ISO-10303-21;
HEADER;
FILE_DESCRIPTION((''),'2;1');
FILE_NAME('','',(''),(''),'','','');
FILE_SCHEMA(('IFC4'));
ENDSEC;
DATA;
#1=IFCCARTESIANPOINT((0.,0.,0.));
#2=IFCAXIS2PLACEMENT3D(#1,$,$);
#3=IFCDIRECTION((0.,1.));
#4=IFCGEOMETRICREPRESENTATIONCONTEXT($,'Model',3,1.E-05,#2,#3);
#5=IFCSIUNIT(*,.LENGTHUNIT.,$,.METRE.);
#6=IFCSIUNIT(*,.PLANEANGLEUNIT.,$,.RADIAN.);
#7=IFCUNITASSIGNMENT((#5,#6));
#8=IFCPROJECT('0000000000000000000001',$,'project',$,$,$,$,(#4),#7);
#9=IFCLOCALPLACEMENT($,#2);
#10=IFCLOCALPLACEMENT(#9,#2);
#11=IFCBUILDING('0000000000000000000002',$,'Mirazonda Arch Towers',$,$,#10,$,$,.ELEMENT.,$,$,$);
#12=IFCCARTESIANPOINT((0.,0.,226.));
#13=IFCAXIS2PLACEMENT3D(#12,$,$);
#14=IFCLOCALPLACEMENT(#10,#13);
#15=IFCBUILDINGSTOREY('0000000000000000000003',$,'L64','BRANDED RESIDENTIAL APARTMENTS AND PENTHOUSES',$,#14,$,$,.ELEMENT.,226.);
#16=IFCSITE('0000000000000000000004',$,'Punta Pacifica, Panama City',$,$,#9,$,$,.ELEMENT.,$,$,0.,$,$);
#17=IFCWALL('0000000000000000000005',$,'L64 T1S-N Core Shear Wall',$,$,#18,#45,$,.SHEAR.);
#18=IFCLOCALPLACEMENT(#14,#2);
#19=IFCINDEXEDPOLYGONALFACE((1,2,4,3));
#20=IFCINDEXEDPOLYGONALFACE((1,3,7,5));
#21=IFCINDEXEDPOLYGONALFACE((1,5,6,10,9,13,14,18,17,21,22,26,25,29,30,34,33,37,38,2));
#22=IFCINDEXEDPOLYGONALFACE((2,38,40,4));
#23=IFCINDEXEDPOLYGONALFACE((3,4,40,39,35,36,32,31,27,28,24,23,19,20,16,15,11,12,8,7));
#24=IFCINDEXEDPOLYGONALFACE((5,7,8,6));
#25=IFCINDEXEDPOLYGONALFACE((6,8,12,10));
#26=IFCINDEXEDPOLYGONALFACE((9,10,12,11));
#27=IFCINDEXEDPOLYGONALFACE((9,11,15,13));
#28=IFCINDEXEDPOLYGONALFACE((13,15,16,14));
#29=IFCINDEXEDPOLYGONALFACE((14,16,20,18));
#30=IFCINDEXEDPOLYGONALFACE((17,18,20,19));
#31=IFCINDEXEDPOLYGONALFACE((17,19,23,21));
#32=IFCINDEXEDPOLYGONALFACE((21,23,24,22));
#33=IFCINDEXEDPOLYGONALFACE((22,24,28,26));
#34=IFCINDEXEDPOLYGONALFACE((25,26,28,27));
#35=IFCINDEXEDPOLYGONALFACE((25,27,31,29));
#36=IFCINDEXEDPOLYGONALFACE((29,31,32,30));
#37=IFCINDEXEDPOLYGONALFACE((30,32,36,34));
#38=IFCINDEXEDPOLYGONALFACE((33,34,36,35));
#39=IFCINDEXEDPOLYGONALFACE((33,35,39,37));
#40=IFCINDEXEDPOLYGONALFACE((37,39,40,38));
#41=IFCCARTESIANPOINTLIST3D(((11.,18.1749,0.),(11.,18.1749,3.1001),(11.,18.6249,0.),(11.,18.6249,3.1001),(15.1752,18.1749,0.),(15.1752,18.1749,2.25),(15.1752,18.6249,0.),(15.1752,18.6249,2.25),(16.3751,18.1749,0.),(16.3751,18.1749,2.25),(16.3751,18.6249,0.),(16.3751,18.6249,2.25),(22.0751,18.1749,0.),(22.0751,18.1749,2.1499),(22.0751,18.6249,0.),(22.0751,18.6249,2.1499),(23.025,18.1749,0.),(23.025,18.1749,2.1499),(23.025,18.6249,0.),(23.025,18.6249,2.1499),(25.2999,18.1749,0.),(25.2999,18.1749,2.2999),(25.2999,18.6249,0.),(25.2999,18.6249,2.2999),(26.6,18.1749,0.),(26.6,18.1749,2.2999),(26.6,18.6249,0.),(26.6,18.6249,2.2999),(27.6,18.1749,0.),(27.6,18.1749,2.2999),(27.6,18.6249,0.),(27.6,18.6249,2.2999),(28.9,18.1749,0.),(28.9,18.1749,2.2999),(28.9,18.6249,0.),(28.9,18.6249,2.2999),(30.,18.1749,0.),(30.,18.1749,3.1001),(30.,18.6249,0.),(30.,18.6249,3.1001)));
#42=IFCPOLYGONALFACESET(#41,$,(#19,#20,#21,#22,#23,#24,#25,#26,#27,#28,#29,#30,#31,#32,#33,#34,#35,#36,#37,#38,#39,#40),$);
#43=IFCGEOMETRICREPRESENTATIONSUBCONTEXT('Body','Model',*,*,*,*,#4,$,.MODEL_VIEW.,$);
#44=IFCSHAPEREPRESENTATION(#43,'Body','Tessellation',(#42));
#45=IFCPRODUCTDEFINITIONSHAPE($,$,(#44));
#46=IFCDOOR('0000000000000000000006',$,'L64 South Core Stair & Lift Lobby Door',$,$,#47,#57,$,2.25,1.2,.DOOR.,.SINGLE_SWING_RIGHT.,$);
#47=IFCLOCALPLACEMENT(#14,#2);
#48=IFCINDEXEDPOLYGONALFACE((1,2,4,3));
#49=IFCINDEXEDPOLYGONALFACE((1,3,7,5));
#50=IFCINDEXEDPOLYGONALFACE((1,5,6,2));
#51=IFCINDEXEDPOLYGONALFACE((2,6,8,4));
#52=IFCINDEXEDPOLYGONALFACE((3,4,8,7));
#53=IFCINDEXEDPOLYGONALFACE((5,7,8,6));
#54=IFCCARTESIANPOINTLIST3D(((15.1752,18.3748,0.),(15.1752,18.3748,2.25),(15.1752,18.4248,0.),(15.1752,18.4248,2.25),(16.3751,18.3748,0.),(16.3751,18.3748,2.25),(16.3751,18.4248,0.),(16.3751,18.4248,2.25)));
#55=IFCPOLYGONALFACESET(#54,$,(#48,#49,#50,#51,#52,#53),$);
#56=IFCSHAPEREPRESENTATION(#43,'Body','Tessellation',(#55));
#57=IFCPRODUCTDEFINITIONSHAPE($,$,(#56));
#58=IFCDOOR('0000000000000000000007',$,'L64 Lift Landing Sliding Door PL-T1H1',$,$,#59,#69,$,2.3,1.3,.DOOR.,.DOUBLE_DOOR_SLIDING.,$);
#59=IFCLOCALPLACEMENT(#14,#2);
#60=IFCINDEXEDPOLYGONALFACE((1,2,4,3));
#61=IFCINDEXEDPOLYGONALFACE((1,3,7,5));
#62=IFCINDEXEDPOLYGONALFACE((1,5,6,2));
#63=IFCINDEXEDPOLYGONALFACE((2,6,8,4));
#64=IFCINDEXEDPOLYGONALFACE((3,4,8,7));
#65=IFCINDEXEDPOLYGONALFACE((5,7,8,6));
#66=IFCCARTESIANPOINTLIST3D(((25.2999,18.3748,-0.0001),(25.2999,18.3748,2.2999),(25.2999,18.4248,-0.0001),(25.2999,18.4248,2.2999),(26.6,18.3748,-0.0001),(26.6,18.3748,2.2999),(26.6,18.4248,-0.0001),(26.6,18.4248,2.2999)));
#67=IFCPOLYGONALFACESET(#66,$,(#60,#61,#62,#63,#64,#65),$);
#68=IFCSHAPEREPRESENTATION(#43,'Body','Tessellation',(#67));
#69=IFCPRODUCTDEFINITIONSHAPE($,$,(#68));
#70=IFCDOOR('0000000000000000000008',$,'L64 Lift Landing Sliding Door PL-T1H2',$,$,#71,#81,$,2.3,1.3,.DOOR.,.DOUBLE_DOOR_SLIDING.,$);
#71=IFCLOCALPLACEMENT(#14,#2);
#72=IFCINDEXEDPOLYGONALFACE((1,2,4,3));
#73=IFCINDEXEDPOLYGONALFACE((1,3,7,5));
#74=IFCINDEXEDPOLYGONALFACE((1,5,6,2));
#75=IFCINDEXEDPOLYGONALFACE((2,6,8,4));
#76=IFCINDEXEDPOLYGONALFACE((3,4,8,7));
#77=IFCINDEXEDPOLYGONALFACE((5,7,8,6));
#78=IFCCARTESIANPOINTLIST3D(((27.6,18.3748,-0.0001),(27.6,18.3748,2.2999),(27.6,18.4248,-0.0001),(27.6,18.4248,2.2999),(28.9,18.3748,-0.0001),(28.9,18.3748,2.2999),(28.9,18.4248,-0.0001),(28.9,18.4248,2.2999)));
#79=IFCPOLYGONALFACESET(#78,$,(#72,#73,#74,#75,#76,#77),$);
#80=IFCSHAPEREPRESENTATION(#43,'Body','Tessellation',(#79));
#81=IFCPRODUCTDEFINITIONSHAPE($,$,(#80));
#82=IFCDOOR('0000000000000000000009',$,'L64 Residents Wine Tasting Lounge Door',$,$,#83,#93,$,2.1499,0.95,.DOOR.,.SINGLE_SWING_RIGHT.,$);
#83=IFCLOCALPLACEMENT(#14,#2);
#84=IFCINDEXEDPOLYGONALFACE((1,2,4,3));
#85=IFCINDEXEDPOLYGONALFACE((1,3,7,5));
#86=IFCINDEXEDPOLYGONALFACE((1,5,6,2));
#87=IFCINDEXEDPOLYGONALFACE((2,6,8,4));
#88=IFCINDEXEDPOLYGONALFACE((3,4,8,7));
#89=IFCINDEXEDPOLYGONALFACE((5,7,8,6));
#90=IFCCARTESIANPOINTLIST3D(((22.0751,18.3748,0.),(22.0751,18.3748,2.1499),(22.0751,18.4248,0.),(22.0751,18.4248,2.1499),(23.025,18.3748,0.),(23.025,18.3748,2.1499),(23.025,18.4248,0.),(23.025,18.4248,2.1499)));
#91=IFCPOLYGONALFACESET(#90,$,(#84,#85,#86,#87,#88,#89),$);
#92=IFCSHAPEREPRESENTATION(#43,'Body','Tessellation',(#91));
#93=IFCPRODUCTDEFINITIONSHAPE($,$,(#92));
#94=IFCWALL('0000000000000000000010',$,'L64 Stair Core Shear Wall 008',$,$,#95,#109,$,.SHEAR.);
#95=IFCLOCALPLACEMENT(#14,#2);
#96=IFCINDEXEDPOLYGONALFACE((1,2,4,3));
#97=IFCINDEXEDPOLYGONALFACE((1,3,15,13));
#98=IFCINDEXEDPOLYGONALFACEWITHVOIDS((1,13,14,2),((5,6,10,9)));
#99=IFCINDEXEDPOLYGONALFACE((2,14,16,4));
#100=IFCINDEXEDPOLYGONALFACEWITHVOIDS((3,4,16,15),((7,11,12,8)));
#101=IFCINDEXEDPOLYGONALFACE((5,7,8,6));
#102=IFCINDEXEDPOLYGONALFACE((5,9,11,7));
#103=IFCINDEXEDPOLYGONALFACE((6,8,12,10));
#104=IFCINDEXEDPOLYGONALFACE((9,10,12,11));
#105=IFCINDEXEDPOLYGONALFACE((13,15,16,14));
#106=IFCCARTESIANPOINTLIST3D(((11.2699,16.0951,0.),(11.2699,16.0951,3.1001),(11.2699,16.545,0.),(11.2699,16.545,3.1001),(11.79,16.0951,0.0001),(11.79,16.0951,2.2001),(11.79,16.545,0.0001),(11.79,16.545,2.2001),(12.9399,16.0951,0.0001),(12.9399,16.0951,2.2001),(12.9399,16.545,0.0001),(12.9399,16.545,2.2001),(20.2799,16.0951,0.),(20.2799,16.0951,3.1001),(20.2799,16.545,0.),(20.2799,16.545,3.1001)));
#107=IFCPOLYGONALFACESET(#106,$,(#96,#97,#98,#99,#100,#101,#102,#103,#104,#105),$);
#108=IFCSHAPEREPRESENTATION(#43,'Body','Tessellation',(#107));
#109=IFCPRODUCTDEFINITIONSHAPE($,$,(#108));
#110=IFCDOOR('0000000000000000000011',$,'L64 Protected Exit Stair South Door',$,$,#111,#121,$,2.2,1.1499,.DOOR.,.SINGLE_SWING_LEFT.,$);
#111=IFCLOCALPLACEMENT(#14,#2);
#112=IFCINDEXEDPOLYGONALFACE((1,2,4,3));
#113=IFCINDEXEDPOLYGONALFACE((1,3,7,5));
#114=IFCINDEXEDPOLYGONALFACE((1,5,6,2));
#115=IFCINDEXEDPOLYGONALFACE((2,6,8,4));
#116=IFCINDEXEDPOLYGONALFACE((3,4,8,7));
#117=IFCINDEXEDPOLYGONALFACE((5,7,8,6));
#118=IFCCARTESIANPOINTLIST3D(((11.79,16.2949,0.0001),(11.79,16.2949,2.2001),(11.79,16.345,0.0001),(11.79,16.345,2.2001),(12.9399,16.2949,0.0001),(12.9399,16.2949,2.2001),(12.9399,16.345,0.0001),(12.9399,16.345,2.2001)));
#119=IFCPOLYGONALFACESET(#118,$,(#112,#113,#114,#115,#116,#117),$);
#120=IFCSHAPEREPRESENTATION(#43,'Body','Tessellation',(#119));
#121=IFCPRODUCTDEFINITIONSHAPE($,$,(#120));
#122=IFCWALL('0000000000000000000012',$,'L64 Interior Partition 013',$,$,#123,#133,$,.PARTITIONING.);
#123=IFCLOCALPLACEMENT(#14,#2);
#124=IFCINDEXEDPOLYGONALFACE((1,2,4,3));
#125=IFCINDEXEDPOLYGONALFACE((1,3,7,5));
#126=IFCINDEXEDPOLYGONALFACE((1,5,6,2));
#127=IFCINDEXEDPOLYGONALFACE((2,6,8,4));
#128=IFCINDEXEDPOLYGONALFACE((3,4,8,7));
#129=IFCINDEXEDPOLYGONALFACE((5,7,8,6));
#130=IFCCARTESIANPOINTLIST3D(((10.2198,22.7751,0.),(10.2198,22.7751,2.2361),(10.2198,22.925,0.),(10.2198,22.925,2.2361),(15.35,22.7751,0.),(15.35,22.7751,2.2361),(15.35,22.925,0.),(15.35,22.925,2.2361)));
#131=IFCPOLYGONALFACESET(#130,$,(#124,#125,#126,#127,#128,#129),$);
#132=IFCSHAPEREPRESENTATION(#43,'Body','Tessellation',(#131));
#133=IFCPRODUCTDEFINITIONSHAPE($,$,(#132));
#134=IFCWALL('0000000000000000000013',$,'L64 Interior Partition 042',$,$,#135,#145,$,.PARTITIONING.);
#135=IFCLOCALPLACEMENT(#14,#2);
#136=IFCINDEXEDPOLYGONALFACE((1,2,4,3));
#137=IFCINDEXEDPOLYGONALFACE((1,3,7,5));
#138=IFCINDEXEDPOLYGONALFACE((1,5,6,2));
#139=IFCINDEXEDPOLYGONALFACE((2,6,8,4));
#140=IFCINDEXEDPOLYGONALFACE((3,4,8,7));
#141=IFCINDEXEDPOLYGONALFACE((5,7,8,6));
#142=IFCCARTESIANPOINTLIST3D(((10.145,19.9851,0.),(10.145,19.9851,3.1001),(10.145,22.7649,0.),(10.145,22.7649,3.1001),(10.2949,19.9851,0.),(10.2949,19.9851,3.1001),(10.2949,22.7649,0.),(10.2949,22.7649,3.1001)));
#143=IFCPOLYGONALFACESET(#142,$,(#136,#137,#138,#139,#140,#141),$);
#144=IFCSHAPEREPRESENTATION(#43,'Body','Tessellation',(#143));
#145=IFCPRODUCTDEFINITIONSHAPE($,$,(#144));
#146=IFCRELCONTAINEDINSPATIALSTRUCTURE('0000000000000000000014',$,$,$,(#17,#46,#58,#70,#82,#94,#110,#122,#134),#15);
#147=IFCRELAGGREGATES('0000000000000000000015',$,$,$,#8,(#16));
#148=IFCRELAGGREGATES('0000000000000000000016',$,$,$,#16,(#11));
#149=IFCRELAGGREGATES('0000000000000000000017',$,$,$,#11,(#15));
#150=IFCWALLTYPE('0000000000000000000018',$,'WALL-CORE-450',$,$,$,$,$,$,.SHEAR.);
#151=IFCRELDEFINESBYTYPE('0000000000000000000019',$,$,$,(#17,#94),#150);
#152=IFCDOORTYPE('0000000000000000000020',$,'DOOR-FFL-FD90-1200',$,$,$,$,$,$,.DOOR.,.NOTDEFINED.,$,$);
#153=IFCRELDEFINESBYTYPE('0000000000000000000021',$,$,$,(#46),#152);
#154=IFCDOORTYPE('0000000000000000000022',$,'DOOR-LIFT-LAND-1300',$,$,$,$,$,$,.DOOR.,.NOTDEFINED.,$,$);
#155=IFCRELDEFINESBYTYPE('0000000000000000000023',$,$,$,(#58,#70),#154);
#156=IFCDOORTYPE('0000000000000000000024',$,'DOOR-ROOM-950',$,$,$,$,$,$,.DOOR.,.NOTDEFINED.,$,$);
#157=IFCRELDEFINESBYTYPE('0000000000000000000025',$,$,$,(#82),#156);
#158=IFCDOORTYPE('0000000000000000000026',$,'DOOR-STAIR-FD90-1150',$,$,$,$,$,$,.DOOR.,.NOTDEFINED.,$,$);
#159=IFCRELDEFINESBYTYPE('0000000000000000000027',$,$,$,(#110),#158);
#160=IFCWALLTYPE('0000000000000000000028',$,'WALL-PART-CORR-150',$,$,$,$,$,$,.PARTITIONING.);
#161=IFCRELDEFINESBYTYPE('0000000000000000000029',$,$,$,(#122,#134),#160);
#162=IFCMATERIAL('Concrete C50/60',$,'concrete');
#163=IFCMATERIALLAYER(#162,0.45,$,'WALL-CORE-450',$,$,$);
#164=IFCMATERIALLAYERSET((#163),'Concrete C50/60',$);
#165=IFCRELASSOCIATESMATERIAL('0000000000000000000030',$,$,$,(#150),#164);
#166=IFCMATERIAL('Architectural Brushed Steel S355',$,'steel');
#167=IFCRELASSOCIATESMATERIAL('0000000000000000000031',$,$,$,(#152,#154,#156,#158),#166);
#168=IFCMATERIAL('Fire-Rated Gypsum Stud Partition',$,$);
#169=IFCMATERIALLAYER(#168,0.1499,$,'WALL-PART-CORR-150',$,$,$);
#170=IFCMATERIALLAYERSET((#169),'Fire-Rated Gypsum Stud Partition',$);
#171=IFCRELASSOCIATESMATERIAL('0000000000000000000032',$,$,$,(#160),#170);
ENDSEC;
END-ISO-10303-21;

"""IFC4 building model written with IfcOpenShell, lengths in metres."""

from ifc_helpers import new_model, si_unit, direction, frame, frame_2d, origin, place, context, subcontext, project, spatial, rectangle, extrude, material, layer, layer_set, type_object, element, fill, save


model = new_model("IFC4")

# Units and contexts
model_context = context("Model", 3, precision=1e-05, world=origin(), true_north=direction((0.0, 1.0)))
body_context = subcontext(model_context, "Body", "Model", "MODEL_VIEW")
ifc_project = project(units=[si_unit("LENGTHUNIT", "METRE"), si_unit("PLANEANGLEUNIT", "RADIAN")], contexts=[model_context])

# Site, building, storey
site_placement = place(None, origin())
site = spatial("IfcSite", under=ifc_project, at=site_placement, Name="Punta Pacifica, Panama City", CompositionType="ELEMENT", RefElevation=0.0)
building_placement = place(site_placement, origin())
building = spatial("IfcBuilding", under=site, at=building_placement, Name="Mirazonda Arch Towers", CompositionType="ELEMENT")
storey_placement = place(building_placement, frame((0.0, 0.0, 226.0)))
storey = spatial("IfcBuildingStorey", under=building, at=storey_placement, Name="L64", Description="BRANDED RESIDENTIAL APARTMENTS AND PENTHOUSES", CompositionType="ELEMENT", Elevation=226.0)

# Shared definitions
ifc_material_1 = material(Name="Concrete C50/60", Category="concrete")

# Wall, openings, doors
ifc_layer_1 = layer(ifc_material_1, 0.45, Name="WALL-CORE-450")
ifc_layer_set_1 = layer_set([ifc_layer_1], Name="Concrete C50/60")
wall_type_1 = type_object("IfcWallType", Name="WALL-CORE-450", PredefinedType="SHEAR", material=ifc_layer_set_1)
wall_1_placement = place(storey_placement, frame((11.0, 18.3999, 0.0), z_axis=(0.0, 0.0, 1.0), x_axis=(1.0, 0.0, 0.0)))
wall_1 = element("IfcWall", 1, at=wall_1_placement, inside=storey, type_object=wall_type_1, Name="L64 T1S-N Core Shear Wall", PredefinedType="SHEAR", context=body_context, shape_type="SweptSolid", body=[
    extrude(rectangle(XDim=19.0, YDim=0.45, at=frame_2d((9.5, 0.0))), origin(), (0.0, 0.0, 1.0), 3.1001),
])
opening_1_placement = place(wall_1_placement, frame((4.175, 0.0, 0.0)))
opening_1 = element("IfcOpeningElement", 2, at=opening_1_placement, cuts=wall_1, PredefinedType="OPENING", context=body_context, shape_type="SweptSolid", body=[
    extrude(rectangle(XDim=1.2, YDim=2.25, at=frame_2d((0.6001, 1.125))), frame((0.0, 0.2349, 0.0), z_axis=(0.0, -1.0, 0.0), x_axis=(1.0, 0.0, 0.0)), (0.0, 0.0, 1.0), 0.47),
])
opening_2_placement = place(wall_1_placement, frame((11.075, 0.0, 0.0)))
opening_2 = element("IfcOpeningElement", 3, at=opening_2_placement, cuts=wall_1, PredefinedType="OPENING", context=body_context, shape_type="SweptSolid", body=[
    extrude(rectangle(XDim=0.95, YDim=2.1499, at=frame_2d((0.4751, 1.075))), frame((0.0, 0.2349, 0.0), z_axis=(0.0, -1.0, 0.0), x_axis=(1.0, 0.0, 0.0)), (0.0, 0.0, 1.0), 0.47),
])
opening_3_placement = place(wall_1_placement, frame((14.3, 0.0, 0.0)))
opening_3 = element("IfcOpeningElement", 4, at=opening_3_placement, cuts=wall_1, PredefinedType="OPENING", context=body_context, shape_type="SweptSolid", body=[
    extrude(rectangle(XDim=1.3, YDim=2.3, at=frame_2d((0.6499, 1.1499))), frame((0.0, 0.2349, 0.0), z_axis=(0.0, -1.0, 0.0), x_axis=(1.0, 0.0, 0.0)), (0.0, 0.0, 1.0), 0.47),
])
opening_4_placement = place(wall_1_placement, frame((16.6001, 0.0, 0.0)))
opening_4 = element("IfcOpeningElement", 5, at=opening_4_placement, cuts=wall_1, PredefinedType="OPENING", context=body_context, shape_type="SweptSolid", body=[
    extrude(rectangle(XDim=1.3, YDim=2.3, at=frame_2d((0.6499, 1.1499))), frame((0.0, 0.2349, 0.0), z_axis=(0.0, -1.0, 0.0), x_axis=(1.0, 0.0, 0.0)), (0.0, 0.0, 1.0), 0.47),
])
ifc_material_2 = material(Name="Architectural Brushed Steel S355", Category="steel")
door_type_1 = type_object("IfcDoorType", Name="DOOR-FFL-FD90-1200", OperationType="NOTDEFINED", PredefinedType="DOOR", material=ifc_material_2)
door_1_placement = place(opening_1_placement, origin())
door_1 = element("IfcDoor", 6, at=door_1_placement, inside=storey, type_object=door_type_1, Name="L64 South Core Stair & Lift Lobby Door", OperationType="SINGLE_SWING_RIGHT", OverallHeight=2.25, OverallWidth=1.2, PredefinedType="DOOR", context=body_context, shape_type="SweptSolid", body=[
    extrude(rectangle(XDim=1.2, YDim=2.25, at=frame_2d((0.6001, 1.125))), frame((0.0, 0.0249, 0.0), z_axis=(0.0, -1.0, 0.0), x_axis=(1.0, 0.0, 0.0)), (0.0, 0.0, 1.0), 0.05),
])
fill(opening_1, door_1)
door_type_2 = type_object("IfcDoorType", Name="DOOR-LIFT-LAND-1300", OperationType="NOTDEFINED", PredefinedType="DOOR", material=ifc_material_2)
door_2_placement = place(opening_3_placement, origin())
door_2 = element("IfcDoor", 7, at=door_2_placement, inside=storey, type_object=door_type_2, Name="L64 Lift Landing Sliding Door PL-T1H1", OperationType="DOUBLE_DOOR_SLIDING", OverallHeight=2.3, OverallWidth=1.3, PredefinedType="DOOR", context=body_context, shape_type="SweptSolid", body=[
    extrude(rectangle(XDim=1.3, YDim=2.3, at=frame_2d((0.6499, 1.1499))), frame((0.0, 0.0249, 0.0), z_axis=(0.0, -1.0, 0.0), x_axis=(1.0, 0.0, 0.0)), (0.0, 0.0, 1.0), 0.05),
])
fill(opening_3, door_2)
door_3_placement = place(opening_4_placement, origin())
door_3 = element("IfcDoor", 8, at=door_3_placement, inside=storey, type_object=door_type_2, Name="L64 Lift Landing Sliding Door PL-T1H2", OperationType="DOUBLE_DOOR_SLIDING", OverallHeight=2.3, OverallWidth=1.3, PredefinedType="DOOR", context=body_context, shape_type="SweptSolid", body=[
    extrude(rectangle(XDim=1.3, YDim=2.3, at=frame_2d((0.6499, 1.1499))), frame((0.0, 0.0249, 0.0), z_axis=(0.0, -1.0, 0.0), x_axis=(1.0, 0.0, 0.0)), (0.0, 0.0, 1.0), 0.05),
])
fill(opening_4, door_3)
door_type_3 = type_object("IfcDoorType", Name="DOOR-ROOM-950", OperationType="NOTDEFINED", PredefinedType="DOOR", material=ifc_material_2)
door_4_placement = place(opening_2_placement, origin())
door_4 = element("IfcDoor", 9, at=door_4_placement, inside=storey, type_object=door_type_3, Name="L64 Residents Wine Tasting Lounge Door", OperationType="SINGLE_SWING_RIGHT", OverallHeight=2.1499, OverallWidth=0.95, PredefinedType="DOOR", context=body_context, shape_type="SweptSolid", body=[
    extrude(rectangle(XDim=0.95, YDim=2.1499, at=frame_2d((0.4751, 1.075))), frame((0.0, 0.0249, 0.0), z_axis=(0.0, -1.0, 0.0), x_axis=(1.0, 0.0, 0.0)), (0.0, 0.0, 1.0), 0.05),
])
fill(opening_2, door_4)

# Wall, opening, door
wall_2_placement = place(storey_placement, frame((11.27, 16.3201, 0.0), z_axis=(0.0, 0.0, 1.0), x_axis=(1.0, 0.0, 0.0)))
wall_2 = element("IfcWall", 10, at=wall_2_placement, inside=storey, type_object=wall_type_1, Name="L64 Stair Core Shear Wall 008", PredefinedType="SHEAR", context=body_context, shape_type="SweptSolid", body=[
    extrude(rectangle(XDim=9.01, YDim=0.45, at=frame_2d((4.5049, 0.0))), origin(), (0.0, 0.0, 1.0), 3.1001),
])
opening_5_placement = place(wall_2_placement, frame((0.52, 0.0, 0.0)))
opening_5 = element("IfcOpeningElement", 11, at=opening_5_placement, cuts=wall_2, PredefinedType="OPENING", context=body_context, shape_type="SweptSolid", body=[
    extrude(rectangle(XDim=1.1499, YDim=2.2, at=frame_2d((0.575, 1.1001))), frame((0.0, 0.2349, 0.0), z_axis=(0.0, -1.0, 0.0), x_axis=(1.0, 0.0, 0.0)), (0.0, 0.0, 1.0), 0.47),
])
door_type_4 = type_object("IfcDoorType", Name="DOOR-STAIR-FD90-1150", OperationType="NOTDEFINED", PredefinedType="DOOR", material=ifc_material_2)
door_5_placement = place(opening_5_placement, origin())
door_5 = element("IfcDoor", 12, at=door_5_placement, inside=storey, type_object=door_type_4, Name="L64 Protected Exit Stair South Door", OperationType="SINGLE_SWING_LEFT", OverallHeight=2.2, OverallWidth=1.1499, PredefinedType="DOOR", context=body_context, shape_type="SweptSolid", body=[
    extrude(rectangle(XDim=1.1499, YDim=2.2, at=frame_2d((0.575, 1.1001))), frame((0.0, 0.0249, 0.0), z_axis=(0.0, -1.0, 0.0), x_axis=(1.0, 0.0, 0.0)), (0.0, 0.0, 1.0), 0.05),
])
fill(opening_5, door_5)

# Walls
ifc_material_3 = material(Name="Fire-Rated Gypsum Stud Partition")
ifc_layer_2 = layer(ifc_material_3, 0.1499, Name="WALL-PART-CORR-150")
ifc_layer_set_2 = layer_set([ifc_layer_2], Name="Fire-Rated Gypsum Stud Partition")
wall_type_2 = type_object("IfcWallType", Name="WALL-PART-CORR-150", PredefinedType="PARTITIONING", material=ifc_layer_set_2)
wall_3_placement = place(storey_placement, frame((10.22, 22.8501, 0.0), z_axis=(0.0, 0.0, 1.0), x_axis=(1.0, 0.0, 0.0)))
element("IfcWall", 13, at=wall_3_placement, inside=storey, type_object=wall_type_2, Name="L64 Interior Partition 013", PredefinedType="PARTITIONING", context=body_context, shape_type="SweptSolid", body=[
    extrude(rectangle(XDim=5.1301, YDim=0.1499, at=frame_2d((2.5649, 0.0))), origin(), (0.0, 0.0, 1.0), 2.2361),
])
wall_4_placement = place(storey_placement, frame((10.22, 19.9851, 0.0), z_axis=(0.0, 0.0, 1.0), x_axis=(0.0, 1.0, 0.0)))
element("IfcWall", 14, at=wall_4_placement, inside=storey, type_object=wall_type_2, Name="L64 Interior Partition 042", PredefinedType="PARTITIONING", context=body_context, shape_type="SweptSolid", body=[
    extrude(rectangle(XDim=2.7798, YDim=0.1499, at=frame_2d((1.3899, 0.0))), origin(), (0.0, 0.0, 1.0), 3.1001),
])

save(model, "model.ifc")
